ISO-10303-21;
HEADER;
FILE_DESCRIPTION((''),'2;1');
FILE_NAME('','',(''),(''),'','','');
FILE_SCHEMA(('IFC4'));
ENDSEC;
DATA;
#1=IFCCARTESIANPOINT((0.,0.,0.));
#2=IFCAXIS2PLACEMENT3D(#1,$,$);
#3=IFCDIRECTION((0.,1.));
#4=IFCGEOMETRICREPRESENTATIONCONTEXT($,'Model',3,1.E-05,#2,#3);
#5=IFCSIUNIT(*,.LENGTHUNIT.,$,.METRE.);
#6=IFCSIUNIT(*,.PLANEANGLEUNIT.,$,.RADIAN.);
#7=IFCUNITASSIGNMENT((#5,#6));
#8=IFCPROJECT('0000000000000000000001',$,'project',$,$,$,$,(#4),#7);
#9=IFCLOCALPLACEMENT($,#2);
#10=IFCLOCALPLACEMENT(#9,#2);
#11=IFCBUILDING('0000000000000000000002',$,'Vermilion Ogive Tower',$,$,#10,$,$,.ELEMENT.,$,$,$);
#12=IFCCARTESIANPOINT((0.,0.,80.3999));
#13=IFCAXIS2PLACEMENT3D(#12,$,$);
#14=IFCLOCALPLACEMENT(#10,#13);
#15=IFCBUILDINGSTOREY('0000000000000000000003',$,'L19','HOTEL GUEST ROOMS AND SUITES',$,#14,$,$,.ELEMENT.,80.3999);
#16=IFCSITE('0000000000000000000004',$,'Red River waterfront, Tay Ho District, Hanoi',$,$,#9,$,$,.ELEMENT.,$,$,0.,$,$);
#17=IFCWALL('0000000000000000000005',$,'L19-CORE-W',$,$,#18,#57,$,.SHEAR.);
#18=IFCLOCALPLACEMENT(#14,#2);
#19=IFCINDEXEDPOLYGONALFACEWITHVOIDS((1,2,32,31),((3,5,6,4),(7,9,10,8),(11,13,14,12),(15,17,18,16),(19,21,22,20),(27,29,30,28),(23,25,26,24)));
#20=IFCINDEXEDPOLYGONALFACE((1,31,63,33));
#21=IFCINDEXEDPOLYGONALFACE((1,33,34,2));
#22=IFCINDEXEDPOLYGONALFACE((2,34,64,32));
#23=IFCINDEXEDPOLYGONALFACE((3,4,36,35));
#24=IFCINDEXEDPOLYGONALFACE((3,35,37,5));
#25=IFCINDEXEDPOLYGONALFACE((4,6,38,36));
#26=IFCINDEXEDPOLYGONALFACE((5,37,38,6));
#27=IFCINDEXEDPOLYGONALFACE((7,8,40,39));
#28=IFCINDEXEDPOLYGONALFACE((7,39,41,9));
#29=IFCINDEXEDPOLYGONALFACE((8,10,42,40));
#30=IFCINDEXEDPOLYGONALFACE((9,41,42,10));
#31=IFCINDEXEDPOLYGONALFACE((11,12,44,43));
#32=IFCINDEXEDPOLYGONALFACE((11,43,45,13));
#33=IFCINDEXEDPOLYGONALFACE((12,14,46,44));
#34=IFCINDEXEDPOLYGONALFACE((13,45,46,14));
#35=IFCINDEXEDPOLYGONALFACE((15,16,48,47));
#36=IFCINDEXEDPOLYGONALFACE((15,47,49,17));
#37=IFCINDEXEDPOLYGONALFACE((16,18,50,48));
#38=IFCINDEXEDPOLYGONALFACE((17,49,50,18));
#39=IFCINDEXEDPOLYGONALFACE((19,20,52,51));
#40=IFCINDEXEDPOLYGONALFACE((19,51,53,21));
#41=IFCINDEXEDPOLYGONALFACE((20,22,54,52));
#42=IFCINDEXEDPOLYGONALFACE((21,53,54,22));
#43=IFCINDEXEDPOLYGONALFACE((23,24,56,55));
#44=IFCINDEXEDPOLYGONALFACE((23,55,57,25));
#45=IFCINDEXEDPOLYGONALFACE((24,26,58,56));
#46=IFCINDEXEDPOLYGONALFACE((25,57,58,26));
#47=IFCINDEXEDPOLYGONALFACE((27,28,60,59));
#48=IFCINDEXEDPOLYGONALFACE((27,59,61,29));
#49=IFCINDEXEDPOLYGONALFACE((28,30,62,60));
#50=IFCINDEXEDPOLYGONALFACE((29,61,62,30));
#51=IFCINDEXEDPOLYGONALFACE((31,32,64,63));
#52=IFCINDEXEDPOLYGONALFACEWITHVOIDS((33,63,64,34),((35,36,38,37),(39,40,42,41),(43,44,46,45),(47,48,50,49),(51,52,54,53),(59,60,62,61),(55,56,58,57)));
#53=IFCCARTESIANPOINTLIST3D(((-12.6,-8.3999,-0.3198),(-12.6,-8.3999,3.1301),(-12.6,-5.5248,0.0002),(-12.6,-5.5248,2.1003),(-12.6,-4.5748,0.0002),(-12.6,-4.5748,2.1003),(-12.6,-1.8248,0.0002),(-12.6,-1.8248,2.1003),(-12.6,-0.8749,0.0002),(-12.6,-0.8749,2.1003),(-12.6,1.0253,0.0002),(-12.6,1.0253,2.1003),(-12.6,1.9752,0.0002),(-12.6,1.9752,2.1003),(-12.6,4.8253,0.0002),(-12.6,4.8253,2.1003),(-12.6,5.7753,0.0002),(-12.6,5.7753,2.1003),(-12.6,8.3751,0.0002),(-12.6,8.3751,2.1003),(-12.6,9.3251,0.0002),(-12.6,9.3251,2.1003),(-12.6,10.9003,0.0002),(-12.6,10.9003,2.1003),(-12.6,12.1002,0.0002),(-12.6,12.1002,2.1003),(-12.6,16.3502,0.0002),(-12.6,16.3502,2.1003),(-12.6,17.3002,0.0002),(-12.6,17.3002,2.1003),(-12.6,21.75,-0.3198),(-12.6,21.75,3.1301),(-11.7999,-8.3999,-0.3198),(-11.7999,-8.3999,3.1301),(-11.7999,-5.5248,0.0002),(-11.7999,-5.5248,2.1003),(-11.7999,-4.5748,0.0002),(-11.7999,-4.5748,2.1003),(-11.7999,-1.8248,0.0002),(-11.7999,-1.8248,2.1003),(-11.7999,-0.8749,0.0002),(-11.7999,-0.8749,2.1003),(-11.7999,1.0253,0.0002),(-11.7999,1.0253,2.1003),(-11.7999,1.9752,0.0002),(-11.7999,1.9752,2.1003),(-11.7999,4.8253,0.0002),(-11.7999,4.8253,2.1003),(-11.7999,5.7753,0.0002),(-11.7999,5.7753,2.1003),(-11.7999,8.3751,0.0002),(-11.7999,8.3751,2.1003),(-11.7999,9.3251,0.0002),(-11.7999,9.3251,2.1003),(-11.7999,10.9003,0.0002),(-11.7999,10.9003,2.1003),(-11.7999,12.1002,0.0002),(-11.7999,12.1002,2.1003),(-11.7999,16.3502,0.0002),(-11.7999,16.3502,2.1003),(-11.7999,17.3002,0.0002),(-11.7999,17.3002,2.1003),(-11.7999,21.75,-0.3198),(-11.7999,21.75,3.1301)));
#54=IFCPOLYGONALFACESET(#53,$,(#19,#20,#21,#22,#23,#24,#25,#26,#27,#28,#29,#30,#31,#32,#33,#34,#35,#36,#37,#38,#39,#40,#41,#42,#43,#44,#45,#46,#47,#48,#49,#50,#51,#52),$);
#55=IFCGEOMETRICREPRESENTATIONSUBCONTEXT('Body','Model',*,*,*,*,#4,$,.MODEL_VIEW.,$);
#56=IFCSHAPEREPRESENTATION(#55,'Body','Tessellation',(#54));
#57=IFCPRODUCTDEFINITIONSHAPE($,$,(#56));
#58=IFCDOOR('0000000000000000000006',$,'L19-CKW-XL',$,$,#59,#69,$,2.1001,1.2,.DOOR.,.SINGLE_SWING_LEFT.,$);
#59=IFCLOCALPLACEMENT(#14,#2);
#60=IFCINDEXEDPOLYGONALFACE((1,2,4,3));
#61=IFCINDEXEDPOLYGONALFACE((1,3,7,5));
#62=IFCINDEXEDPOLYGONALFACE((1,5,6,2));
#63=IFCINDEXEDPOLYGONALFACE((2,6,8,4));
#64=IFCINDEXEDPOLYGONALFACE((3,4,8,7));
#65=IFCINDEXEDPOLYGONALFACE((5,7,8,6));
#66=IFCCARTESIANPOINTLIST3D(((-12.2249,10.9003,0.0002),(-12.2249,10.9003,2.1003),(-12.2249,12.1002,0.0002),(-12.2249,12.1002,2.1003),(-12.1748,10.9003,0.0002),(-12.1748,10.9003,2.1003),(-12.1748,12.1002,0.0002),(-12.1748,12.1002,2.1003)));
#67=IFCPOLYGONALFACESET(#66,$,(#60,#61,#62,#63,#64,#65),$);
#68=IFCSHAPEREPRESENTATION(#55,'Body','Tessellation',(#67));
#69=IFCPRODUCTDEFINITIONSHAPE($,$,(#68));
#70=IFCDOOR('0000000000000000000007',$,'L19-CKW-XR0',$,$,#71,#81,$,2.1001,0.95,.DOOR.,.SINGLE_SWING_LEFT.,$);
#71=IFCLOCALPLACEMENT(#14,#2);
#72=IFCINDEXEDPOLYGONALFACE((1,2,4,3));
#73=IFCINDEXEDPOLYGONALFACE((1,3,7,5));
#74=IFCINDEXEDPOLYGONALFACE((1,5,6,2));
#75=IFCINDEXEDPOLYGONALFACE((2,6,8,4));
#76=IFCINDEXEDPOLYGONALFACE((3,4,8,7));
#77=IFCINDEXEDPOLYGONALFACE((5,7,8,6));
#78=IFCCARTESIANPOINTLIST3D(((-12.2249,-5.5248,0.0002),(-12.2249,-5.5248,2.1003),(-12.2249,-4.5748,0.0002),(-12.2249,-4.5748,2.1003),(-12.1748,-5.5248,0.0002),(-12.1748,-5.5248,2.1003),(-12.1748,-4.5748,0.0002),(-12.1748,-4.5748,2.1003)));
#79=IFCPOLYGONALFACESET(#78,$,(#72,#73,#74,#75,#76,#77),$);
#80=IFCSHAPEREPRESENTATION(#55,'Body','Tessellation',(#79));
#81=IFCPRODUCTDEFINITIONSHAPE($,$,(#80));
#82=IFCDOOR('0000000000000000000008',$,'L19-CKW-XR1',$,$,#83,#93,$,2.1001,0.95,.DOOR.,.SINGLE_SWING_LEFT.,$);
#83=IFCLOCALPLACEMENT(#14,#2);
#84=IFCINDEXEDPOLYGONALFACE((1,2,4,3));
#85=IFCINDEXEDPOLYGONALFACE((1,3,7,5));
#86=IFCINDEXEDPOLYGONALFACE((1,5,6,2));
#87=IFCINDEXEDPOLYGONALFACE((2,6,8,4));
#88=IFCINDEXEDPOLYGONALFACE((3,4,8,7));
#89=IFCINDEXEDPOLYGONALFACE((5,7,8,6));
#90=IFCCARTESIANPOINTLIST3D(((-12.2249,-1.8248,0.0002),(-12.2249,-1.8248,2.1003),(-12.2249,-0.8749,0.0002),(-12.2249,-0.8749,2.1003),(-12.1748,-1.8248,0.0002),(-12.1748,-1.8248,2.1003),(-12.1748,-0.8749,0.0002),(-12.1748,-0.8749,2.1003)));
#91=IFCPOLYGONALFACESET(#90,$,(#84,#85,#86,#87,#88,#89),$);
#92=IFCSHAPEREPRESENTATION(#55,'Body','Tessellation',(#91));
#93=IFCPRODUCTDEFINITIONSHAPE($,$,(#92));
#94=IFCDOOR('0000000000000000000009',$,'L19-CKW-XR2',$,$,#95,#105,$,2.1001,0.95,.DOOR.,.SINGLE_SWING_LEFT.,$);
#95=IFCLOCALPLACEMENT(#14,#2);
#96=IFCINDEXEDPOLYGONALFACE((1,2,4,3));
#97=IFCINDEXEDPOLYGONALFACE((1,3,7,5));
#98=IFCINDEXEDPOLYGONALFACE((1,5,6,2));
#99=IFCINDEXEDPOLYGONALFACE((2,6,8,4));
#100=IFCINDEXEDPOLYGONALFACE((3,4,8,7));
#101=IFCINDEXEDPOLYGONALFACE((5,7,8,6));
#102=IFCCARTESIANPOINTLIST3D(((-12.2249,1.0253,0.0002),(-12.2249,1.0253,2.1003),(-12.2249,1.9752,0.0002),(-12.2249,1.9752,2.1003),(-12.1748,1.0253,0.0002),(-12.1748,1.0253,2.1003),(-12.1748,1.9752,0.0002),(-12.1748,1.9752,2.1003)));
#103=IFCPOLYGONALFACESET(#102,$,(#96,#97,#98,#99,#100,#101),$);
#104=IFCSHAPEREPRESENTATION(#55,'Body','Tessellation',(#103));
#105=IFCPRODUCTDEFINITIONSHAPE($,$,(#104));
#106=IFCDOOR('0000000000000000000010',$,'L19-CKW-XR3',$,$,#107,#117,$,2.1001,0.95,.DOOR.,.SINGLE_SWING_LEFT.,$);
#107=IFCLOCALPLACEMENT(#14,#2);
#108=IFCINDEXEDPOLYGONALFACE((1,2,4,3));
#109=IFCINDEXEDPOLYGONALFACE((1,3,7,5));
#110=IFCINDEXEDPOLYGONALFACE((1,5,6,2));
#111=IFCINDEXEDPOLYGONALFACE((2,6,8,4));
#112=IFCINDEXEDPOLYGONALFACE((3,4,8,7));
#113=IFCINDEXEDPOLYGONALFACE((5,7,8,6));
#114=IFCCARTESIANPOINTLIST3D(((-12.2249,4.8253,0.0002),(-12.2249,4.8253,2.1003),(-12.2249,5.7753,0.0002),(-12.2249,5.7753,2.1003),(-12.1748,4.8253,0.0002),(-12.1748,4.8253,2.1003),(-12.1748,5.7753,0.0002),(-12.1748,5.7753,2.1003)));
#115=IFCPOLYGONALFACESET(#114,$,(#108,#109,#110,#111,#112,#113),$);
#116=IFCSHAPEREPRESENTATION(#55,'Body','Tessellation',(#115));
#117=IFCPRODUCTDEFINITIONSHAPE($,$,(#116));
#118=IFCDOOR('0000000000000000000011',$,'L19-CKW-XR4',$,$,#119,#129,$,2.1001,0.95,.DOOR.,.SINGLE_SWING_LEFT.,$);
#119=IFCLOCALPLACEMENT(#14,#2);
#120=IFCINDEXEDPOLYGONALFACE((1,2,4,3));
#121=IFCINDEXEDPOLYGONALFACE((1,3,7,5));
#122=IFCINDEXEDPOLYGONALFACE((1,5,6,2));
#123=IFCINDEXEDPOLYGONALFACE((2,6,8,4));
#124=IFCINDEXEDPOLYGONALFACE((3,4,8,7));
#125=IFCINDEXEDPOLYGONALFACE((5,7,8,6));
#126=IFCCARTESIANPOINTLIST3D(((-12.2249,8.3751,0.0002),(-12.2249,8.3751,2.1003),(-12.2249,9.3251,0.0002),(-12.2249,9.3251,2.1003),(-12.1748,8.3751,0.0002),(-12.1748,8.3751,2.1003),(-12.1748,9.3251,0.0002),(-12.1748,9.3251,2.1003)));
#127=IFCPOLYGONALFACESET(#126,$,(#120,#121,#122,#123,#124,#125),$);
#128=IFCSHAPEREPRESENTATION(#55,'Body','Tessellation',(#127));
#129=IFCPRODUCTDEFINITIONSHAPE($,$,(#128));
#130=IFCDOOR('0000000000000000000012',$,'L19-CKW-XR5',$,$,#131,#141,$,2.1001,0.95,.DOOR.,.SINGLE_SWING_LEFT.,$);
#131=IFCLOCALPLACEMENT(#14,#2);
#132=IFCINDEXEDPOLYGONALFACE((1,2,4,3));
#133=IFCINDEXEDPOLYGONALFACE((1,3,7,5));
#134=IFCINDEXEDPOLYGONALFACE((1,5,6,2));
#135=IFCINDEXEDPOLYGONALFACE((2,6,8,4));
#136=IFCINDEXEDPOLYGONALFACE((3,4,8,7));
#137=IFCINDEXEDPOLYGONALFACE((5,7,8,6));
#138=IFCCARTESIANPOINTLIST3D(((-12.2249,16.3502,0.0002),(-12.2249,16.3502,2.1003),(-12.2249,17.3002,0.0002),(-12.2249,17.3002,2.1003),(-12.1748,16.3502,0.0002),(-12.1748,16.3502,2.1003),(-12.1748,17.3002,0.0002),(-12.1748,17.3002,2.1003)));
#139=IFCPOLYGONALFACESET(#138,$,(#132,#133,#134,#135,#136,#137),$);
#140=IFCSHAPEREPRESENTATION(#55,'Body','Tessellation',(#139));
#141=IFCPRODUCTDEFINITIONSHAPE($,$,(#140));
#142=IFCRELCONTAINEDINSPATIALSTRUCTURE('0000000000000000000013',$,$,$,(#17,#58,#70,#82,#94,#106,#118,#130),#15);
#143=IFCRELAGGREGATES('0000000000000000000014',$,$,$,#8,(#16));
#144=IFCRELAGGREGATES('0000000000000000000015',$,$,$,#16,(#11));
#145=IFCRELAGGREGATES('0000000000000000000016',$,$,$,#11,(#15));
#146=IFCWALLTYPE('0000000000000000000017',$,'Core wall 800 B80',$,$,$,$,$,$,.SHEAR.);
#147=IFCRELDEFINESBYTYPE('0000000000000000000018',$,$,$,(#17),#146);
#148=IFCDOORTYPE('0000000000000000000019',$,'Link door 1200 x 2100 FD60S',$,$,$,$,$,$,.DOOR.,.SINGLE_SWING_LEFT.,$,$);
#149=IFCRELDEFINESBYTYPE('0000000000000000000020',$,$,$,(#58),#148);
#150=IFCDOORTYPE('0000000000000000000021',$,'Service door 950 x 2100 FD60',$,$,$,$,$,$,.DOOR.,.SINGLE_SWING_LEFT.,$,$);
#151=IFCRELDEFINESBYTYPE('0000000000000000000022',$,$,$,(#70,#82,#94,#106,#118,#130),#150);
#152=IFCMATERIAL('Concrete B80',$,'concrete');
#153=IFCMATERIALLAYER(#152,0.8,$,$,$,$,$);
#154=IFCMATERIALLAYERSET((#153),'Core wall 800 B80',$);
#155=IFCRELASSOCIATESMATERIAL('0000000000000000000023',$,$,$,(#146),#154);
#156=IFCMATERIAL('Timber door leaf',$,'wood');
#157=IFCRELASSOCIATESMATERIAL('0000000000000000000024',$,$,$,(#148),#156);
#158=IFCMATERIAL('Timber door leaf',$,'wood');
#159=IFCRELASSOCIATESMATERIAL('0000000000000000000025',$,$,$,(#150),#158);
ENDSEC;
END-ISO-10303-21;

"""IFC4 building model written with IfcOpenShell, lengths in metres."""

from ifc_helpers import new_model, si_unit, direction, frame, frame_2d, origin, place, context, subcontext, project, spatial, rectangle, extrude, material, layer, layer_set, type_object, element, fill, save


model = new_model("IFC4")

# Units and contexts
model_context = context("Model", 3, precision=1e-05, world=origin(), true_north=direction((0.0, 1.0)))
body_context = subcontext(model_context, "Body", "Model", "MODEL_VIEW")
ifc_project = project(units=[si_unit("LENGTHUNIT", "METRE"), si_unit("PLANEANGLEUNIT", "RADIAN")], contexts=[model_context])

# Site, building, storey
site_placement = place(None, origin())
site = spatial("IfcSite", under=ifc_project, at=site_placement, Name="Red River waterfront, Tay Ho District, Hanoi", CompositionType="ELEMENT", RefElevation=0.0)
building_placement = place(site_placement, origin())
building = spatial("IfcBuilding", under=site, at=building_placement, Name="Vermilion Ogive Tower", CompositionType="ELEMENT")
storey_placement = place(building_placement, frame((0.0, 0.0, 80.3999)))
storey = spatial("IfcBuildingStorey", under=building, at=storey_placement, Name="L19", Description="HOTEL GUEST ROOMS AND SUITES", CompositionType="ELEMENT", Elevation=80.3999)

# Wall, openings, doors
ifc_material_1 = material(Name="Concrete B80", Category="concrete")
ifc_layer_1 = layer(ifc_material_1, 0.8)
ifc_layer_set_1 = layer_set([ifc_layer_1], Name="Core wall 800 B80")
wall_type_1 = type_object("IfcWallType", Name="Core wall 800 B80", PredefinedType="SHEAR", material=ifc_layer_set_1)
wall_1_placement = place(storey_placement, frame((-12.2, -8.3999, -0.3198), z_axis=(0.0, 0.0, 1.0), x_axis=(0.0, 1.0, 0.0)))
wall_1 = element("IfcWall", 1, at=wall_1_placement, inside=storey, type_object=wall_type_1, Name="L19-CORE-W", PredefinedType="SHEAR", context=body_context, shape_type="SweptSolid", body=[
    extrude(rectangle(XDim=30.1499, YDim=0.8, at=frame_2d((15.075, 0.0))), origin(), (0.0, 0.0, 1.0), 3.45),
])
opening_1_placement = place(wall_1_placement, frame((2.875, 0.0, 0.3201)))
opening_1 = element("IfcOpeningElement", 2, at=opening_1_placement, cuts=wall_1, PredefinedType="OPENING", context=body_context, shape_type="SweptSolid", body=[
    extrude(rectangle(XDim=0.95, YDim=2.1001, at=frame_2d((0.4751, 1.05))), frame((0.0, 0.4099, 0.0), z_axis=(0.0, -1.0, 0.0), x_axis=(1.0, 0.0, 0.0)), (0.0, 0.0, 1.0), 0.8201),
])
opening_2_placement = place(wall_1_placement, frame((6.575, 0.0, 0.3201)))
opening_2 = element("IfcOpeningElement", 3, at=opening_2_placement, cuts=wall_1, PredefinedType="OPENING", context=body_context, shape_type="SweptSolid", body=[
    extrude(rectangle(XDim=0.95, YDim=2.1001, at=frame_2d((0.4751, 1.05))), frame((0.0, 0.4099, 0.0), z_axis=(0.0, -1.0, 0.0), x_axis=(1.0, 0.0, 0.0)), (0.0, 0.0, 1.0), 0.8201),
])
opening_3_placement = place(wall_1_placement, frame((9.425, 0.0, 0.3201)))
opening_3 = element("IfcOpeningElement", 4, at=opening_3_placement, cuts=wall_1, PredefinedType="OPENING", context=body_context, shape_type="SweptSolid", body=[
    extrude(rectangle(XDim=0.95, YDim=2.1001, at=frame_2d((0.4751, 1.05))), frame((0.0, 0.4099, 0.0), z_axis=(0.0, -1.0, 0.0), x_axis=(1.0, 0.0, 0.0)), (0.0, 0.0, 1.0), 0.8201),
])
opening_4_placement = place(wall_1_placement, frame((13.2251, 0.0, 0.3201)))
opening_4 = element("IfcOpeningElement", 5, at=opening_4_placement, cuts=wall_1, PredefinedType="OPENING", context=body_context, shape_type="SweptSolid", body=[
    extrude(rectangle(XDim=0.95, YDim=2.1001, at=frame_2d((0.4751, 1.05))), frame((0.0, 0.4099, 0.0), z_axis=(0.0, -1.0, 0.0), x_axis=(1.0, 0.0, 0.0)), (0.0, 0.0, 1.0), 0.8201),
])
opening_5_placement = place(wall_1_placement, frame((16.7749, 0.0, 0.3201)))
opening_5 = element("IfcOpeningElement", 6, at=opening_5_placement, cuts=wall_1, PredefinedType="OPENING", context=body_context, shape_type="SweptSolid", body=[
    extrude(rectangle(XDim=0.95, YDim=2.1001, at=frame_2d((0.4751, 1.05))), frame((0.0, 0.4099, 0.0), z_axis=(0.0, -1.0, 0.0), x_axis=(1.0, 0.0, 0.0)), (0.0, 0.0, 1.0), 0.8201),
])
opening_6_placement = place(wall_1_placement, frame((24.75, 0.0, 0.3201)))
opening_6 = element("IfcOpeningElement", 7, at=opening_6_placement, cuts=wall_1, PredefinedType="OPENING", context=body_context, shape_type="SweptSolid", body=[
    extrude(rectangle(XDim=0.95, YDim=2.1001, at=frame_2d((0.4751, 1.05))), frame((0.0, 0.4099, 0.0), z_axis=(0.0, -1.0, 0.0), x_axis=(1.0, 0.0, 0.0)), (0.0, 0.0, 1.0), 0.8201),
])
opening_7_placement = place(wall_1_placement, frame((19.3, 0.0, 0.3201)))
opening_7 = element("IfcOpeningElement", 8, at=opening_7_placement, cuts=wall_1, PredefinedType="OPENING", context=body_context, shape_type="SweptSolid", body=[
    extrude(rectangle(XDim=1.2, YDim=2.1001, at=frame_2d((0.6001, 1.05))), frame((0.0, 0.4099, 0.0), z_axis=(0.0, -1.0, 0.0), x_axis=(1.0, 0.0, 0.0)), (0.0, 0.0, 1.0), 0.8201),
])
ifc_material_2 = material(Name="Timber door leaf", Category="wood")
door_type_1 = type_object("IfcDoorType", Name="Link door 1200 x 2100 FD60S", OperationType="SINGLE_SWING_LEFT", PredefinedType="DOOR", material=ifc_material_2)
door_1_placement = place(opening_7_placement, origin())
door_1 = element("IfcDoor", 9, at=door_1_placement, inside=storey, type_object=door_type_1, Name="L19-CKW-XL", OperationType="SINGLE_SWING_LEFT", OverallHeight=2.1001, OverallWidth=1.2, PredefinedType="DOOR", context=body_context, shape_type="SweptSolid", body=[
    extrude(rectangle(XDim=1.2, YDim=2.1001, at=frame_2d((0.6001, 1.05))), frame((0.0, 0.0249, 0.0), z_axis=(0.0, -1.0, 0.0), x_axis=(1.0, 0.0, 0.0)), (0.0, 0.0, 1.0), 0.05),
])
fill(opening_7, door_1)
ifc_material_3 = material(Name="Timber door leaf", Category="wood")
door_type_2 = type_object("IfcDoorType", Name="Service door 950 x 2100 FD60", OperationType="SINGLE_SWING_LEFT", PredefinedType="DOOR", material=ifc_material_3)
door_2_placement = place(opening_1_placement, origin())
door_2 = element("IfcDoor", 10, at=door_2_placement, inside=storey, type_object=door_type_2, Name="L19-CKW-XR0", OperationType="SINGLE_SWING_LEFT", OverallHeight=2.1001, OverallWidth=0.95, PredefinedType="DOOR", context=body_context, shape_type="SweptSolid", body=[
    extrude(rectangle(XDim=0.95, YDim=2.1001, at=frame_2d((0.4751, 1.05))), frame((0.0, 0.0249, 0.0), z_axis=(0.0, -1.0, 0.0), x_axis=(1.0, 0.0, 0.0)), (0.0, 0.0, 1.0), 0.05),
])
fill(opening_1, door_2)
door_3_placement = place(opening_2_placement, origin())
door_3 = element("IfcDoor", 11, at=door_3_placement, inside=storey, type_object=door_type_2, Name="L19-CKW-XR1", OperationType="SINGLE_SWING_LEFT", OverallHeight=2.1001, OverallWidth=0.95, PredefinedType="DOOR", context=body_context, shape_type="SweptSolid", body=[
    extrude(rectangle(XDim=0.95, YDim=2.1001, at=frame_2d((0.4751, 1.05))), frame((0.0, 0.0249, 0.0), z_axis=(0.0, -1.0, 0.0), x_axis=(1.0, 0.0, 0.0)), (0.0, 0.0, 1.0), 0.05),
])
fill(opening_2, door_3)
door_4_placement = place(opening_3_placement, origin())
door_4 = element("IfcDoor", 12, at=door_4_placement, inside=storey, type_object=door_type_2, Name="L19-CKW-XR2", OperationType="SINGLE_SWING_LEFT", OverallHeight=2.1001, OverallWidth=0.95, PredefinedType="DOOR", context=body_context, shape_type="SweptSolid", body=[
    extrude(rectangle(XDim=0.95, YDim=2.1001, at=frame_2d((0.4751, 1.05))), frame((0.0, 0.0249, 0.0), z_axis=(0.0, -1.0, 0.0), x_axis=(1.0, 0.0, 0.0)), (0.0, 0.0, 1.0), 0.05),
])
fill(opening_3, door_4)
door_5_placement = place(opening_4_placement, origin())
door_5 = element("IfcDoor", 13, at=door_5_placement, inside=storey, type_object=door_type_2, Name="L19-CKW-XR3", OperationType="SINGLE_SWING_LEFT", OverallHeight=2.1001, OverallWidth=0.95, PredefinedType="DOOR", context=body_context, shape_type="SweptSolid", body=[
    extrude(rectangle(XDim=0.95, YDim=2.1001, at=frame_2d((0.4751, 1.05))), frame((0.0, 0.0249, 0.0), z_axis=(0.0, -1.0, 0.0), x_axis=(1.0, 0.0, 0.0)), (0.0, 0.0, 1.0), 0.05),
])
fill(opening_4, door_5)
door_6_placement = place(opening_5_placement, origin())
door_6 = element("IfcDoor", 14, at=door_6_placement, inside=storey, type_object=door_type_2, Name="L19-CKW-XR4", OperationType="SINGLE_SWING_LEFT", OverallHeight=2.1001, OverallWidth=0.95, PredefinedType="DOOR", context=body_context, shape_type="SweptSolid", body=[
    extrude(rectangle(XDim=0.95, YDim=2.1001, at=frame_2d((0.4751, 1.05))), frame((0.0, 0.0249, 0.0), z_axis=(0.0, -1.0, 0.0), x_axis=(1.0, 0.0, 0.0)), (0.0, 0.0, 1.0), 0.05),
])
fill(opening_5, door_6)
door_7_placement = place(opening_6_placement, origin())
door_7 = element("IfcDoor", 15, at=door_7_placement, inside=storey, type_object=door_type_2, Name="L19-CKW-XR5", OperationType="SINGLE_SWING_LEFT", OverallHeight=2.1001, OverallWidth=0.95, PredefinedType="DOOR", context=body_context, shape_type="SweptSolid", body=[
    extrude(rectangle(XDim=0.95, YDim=2.1001, at=frame_2d((0.4751, 1.05))), frame((0.0, 0.0249, 0.0), z_axis=(0.0, -1.0, 0.0), x_axis=(1.0, 0.0, 0.0)), (0.0, 0.0, 1.0), 0.05),
])
fill(opening_6, door_7)

save(model, "model.ifc")
